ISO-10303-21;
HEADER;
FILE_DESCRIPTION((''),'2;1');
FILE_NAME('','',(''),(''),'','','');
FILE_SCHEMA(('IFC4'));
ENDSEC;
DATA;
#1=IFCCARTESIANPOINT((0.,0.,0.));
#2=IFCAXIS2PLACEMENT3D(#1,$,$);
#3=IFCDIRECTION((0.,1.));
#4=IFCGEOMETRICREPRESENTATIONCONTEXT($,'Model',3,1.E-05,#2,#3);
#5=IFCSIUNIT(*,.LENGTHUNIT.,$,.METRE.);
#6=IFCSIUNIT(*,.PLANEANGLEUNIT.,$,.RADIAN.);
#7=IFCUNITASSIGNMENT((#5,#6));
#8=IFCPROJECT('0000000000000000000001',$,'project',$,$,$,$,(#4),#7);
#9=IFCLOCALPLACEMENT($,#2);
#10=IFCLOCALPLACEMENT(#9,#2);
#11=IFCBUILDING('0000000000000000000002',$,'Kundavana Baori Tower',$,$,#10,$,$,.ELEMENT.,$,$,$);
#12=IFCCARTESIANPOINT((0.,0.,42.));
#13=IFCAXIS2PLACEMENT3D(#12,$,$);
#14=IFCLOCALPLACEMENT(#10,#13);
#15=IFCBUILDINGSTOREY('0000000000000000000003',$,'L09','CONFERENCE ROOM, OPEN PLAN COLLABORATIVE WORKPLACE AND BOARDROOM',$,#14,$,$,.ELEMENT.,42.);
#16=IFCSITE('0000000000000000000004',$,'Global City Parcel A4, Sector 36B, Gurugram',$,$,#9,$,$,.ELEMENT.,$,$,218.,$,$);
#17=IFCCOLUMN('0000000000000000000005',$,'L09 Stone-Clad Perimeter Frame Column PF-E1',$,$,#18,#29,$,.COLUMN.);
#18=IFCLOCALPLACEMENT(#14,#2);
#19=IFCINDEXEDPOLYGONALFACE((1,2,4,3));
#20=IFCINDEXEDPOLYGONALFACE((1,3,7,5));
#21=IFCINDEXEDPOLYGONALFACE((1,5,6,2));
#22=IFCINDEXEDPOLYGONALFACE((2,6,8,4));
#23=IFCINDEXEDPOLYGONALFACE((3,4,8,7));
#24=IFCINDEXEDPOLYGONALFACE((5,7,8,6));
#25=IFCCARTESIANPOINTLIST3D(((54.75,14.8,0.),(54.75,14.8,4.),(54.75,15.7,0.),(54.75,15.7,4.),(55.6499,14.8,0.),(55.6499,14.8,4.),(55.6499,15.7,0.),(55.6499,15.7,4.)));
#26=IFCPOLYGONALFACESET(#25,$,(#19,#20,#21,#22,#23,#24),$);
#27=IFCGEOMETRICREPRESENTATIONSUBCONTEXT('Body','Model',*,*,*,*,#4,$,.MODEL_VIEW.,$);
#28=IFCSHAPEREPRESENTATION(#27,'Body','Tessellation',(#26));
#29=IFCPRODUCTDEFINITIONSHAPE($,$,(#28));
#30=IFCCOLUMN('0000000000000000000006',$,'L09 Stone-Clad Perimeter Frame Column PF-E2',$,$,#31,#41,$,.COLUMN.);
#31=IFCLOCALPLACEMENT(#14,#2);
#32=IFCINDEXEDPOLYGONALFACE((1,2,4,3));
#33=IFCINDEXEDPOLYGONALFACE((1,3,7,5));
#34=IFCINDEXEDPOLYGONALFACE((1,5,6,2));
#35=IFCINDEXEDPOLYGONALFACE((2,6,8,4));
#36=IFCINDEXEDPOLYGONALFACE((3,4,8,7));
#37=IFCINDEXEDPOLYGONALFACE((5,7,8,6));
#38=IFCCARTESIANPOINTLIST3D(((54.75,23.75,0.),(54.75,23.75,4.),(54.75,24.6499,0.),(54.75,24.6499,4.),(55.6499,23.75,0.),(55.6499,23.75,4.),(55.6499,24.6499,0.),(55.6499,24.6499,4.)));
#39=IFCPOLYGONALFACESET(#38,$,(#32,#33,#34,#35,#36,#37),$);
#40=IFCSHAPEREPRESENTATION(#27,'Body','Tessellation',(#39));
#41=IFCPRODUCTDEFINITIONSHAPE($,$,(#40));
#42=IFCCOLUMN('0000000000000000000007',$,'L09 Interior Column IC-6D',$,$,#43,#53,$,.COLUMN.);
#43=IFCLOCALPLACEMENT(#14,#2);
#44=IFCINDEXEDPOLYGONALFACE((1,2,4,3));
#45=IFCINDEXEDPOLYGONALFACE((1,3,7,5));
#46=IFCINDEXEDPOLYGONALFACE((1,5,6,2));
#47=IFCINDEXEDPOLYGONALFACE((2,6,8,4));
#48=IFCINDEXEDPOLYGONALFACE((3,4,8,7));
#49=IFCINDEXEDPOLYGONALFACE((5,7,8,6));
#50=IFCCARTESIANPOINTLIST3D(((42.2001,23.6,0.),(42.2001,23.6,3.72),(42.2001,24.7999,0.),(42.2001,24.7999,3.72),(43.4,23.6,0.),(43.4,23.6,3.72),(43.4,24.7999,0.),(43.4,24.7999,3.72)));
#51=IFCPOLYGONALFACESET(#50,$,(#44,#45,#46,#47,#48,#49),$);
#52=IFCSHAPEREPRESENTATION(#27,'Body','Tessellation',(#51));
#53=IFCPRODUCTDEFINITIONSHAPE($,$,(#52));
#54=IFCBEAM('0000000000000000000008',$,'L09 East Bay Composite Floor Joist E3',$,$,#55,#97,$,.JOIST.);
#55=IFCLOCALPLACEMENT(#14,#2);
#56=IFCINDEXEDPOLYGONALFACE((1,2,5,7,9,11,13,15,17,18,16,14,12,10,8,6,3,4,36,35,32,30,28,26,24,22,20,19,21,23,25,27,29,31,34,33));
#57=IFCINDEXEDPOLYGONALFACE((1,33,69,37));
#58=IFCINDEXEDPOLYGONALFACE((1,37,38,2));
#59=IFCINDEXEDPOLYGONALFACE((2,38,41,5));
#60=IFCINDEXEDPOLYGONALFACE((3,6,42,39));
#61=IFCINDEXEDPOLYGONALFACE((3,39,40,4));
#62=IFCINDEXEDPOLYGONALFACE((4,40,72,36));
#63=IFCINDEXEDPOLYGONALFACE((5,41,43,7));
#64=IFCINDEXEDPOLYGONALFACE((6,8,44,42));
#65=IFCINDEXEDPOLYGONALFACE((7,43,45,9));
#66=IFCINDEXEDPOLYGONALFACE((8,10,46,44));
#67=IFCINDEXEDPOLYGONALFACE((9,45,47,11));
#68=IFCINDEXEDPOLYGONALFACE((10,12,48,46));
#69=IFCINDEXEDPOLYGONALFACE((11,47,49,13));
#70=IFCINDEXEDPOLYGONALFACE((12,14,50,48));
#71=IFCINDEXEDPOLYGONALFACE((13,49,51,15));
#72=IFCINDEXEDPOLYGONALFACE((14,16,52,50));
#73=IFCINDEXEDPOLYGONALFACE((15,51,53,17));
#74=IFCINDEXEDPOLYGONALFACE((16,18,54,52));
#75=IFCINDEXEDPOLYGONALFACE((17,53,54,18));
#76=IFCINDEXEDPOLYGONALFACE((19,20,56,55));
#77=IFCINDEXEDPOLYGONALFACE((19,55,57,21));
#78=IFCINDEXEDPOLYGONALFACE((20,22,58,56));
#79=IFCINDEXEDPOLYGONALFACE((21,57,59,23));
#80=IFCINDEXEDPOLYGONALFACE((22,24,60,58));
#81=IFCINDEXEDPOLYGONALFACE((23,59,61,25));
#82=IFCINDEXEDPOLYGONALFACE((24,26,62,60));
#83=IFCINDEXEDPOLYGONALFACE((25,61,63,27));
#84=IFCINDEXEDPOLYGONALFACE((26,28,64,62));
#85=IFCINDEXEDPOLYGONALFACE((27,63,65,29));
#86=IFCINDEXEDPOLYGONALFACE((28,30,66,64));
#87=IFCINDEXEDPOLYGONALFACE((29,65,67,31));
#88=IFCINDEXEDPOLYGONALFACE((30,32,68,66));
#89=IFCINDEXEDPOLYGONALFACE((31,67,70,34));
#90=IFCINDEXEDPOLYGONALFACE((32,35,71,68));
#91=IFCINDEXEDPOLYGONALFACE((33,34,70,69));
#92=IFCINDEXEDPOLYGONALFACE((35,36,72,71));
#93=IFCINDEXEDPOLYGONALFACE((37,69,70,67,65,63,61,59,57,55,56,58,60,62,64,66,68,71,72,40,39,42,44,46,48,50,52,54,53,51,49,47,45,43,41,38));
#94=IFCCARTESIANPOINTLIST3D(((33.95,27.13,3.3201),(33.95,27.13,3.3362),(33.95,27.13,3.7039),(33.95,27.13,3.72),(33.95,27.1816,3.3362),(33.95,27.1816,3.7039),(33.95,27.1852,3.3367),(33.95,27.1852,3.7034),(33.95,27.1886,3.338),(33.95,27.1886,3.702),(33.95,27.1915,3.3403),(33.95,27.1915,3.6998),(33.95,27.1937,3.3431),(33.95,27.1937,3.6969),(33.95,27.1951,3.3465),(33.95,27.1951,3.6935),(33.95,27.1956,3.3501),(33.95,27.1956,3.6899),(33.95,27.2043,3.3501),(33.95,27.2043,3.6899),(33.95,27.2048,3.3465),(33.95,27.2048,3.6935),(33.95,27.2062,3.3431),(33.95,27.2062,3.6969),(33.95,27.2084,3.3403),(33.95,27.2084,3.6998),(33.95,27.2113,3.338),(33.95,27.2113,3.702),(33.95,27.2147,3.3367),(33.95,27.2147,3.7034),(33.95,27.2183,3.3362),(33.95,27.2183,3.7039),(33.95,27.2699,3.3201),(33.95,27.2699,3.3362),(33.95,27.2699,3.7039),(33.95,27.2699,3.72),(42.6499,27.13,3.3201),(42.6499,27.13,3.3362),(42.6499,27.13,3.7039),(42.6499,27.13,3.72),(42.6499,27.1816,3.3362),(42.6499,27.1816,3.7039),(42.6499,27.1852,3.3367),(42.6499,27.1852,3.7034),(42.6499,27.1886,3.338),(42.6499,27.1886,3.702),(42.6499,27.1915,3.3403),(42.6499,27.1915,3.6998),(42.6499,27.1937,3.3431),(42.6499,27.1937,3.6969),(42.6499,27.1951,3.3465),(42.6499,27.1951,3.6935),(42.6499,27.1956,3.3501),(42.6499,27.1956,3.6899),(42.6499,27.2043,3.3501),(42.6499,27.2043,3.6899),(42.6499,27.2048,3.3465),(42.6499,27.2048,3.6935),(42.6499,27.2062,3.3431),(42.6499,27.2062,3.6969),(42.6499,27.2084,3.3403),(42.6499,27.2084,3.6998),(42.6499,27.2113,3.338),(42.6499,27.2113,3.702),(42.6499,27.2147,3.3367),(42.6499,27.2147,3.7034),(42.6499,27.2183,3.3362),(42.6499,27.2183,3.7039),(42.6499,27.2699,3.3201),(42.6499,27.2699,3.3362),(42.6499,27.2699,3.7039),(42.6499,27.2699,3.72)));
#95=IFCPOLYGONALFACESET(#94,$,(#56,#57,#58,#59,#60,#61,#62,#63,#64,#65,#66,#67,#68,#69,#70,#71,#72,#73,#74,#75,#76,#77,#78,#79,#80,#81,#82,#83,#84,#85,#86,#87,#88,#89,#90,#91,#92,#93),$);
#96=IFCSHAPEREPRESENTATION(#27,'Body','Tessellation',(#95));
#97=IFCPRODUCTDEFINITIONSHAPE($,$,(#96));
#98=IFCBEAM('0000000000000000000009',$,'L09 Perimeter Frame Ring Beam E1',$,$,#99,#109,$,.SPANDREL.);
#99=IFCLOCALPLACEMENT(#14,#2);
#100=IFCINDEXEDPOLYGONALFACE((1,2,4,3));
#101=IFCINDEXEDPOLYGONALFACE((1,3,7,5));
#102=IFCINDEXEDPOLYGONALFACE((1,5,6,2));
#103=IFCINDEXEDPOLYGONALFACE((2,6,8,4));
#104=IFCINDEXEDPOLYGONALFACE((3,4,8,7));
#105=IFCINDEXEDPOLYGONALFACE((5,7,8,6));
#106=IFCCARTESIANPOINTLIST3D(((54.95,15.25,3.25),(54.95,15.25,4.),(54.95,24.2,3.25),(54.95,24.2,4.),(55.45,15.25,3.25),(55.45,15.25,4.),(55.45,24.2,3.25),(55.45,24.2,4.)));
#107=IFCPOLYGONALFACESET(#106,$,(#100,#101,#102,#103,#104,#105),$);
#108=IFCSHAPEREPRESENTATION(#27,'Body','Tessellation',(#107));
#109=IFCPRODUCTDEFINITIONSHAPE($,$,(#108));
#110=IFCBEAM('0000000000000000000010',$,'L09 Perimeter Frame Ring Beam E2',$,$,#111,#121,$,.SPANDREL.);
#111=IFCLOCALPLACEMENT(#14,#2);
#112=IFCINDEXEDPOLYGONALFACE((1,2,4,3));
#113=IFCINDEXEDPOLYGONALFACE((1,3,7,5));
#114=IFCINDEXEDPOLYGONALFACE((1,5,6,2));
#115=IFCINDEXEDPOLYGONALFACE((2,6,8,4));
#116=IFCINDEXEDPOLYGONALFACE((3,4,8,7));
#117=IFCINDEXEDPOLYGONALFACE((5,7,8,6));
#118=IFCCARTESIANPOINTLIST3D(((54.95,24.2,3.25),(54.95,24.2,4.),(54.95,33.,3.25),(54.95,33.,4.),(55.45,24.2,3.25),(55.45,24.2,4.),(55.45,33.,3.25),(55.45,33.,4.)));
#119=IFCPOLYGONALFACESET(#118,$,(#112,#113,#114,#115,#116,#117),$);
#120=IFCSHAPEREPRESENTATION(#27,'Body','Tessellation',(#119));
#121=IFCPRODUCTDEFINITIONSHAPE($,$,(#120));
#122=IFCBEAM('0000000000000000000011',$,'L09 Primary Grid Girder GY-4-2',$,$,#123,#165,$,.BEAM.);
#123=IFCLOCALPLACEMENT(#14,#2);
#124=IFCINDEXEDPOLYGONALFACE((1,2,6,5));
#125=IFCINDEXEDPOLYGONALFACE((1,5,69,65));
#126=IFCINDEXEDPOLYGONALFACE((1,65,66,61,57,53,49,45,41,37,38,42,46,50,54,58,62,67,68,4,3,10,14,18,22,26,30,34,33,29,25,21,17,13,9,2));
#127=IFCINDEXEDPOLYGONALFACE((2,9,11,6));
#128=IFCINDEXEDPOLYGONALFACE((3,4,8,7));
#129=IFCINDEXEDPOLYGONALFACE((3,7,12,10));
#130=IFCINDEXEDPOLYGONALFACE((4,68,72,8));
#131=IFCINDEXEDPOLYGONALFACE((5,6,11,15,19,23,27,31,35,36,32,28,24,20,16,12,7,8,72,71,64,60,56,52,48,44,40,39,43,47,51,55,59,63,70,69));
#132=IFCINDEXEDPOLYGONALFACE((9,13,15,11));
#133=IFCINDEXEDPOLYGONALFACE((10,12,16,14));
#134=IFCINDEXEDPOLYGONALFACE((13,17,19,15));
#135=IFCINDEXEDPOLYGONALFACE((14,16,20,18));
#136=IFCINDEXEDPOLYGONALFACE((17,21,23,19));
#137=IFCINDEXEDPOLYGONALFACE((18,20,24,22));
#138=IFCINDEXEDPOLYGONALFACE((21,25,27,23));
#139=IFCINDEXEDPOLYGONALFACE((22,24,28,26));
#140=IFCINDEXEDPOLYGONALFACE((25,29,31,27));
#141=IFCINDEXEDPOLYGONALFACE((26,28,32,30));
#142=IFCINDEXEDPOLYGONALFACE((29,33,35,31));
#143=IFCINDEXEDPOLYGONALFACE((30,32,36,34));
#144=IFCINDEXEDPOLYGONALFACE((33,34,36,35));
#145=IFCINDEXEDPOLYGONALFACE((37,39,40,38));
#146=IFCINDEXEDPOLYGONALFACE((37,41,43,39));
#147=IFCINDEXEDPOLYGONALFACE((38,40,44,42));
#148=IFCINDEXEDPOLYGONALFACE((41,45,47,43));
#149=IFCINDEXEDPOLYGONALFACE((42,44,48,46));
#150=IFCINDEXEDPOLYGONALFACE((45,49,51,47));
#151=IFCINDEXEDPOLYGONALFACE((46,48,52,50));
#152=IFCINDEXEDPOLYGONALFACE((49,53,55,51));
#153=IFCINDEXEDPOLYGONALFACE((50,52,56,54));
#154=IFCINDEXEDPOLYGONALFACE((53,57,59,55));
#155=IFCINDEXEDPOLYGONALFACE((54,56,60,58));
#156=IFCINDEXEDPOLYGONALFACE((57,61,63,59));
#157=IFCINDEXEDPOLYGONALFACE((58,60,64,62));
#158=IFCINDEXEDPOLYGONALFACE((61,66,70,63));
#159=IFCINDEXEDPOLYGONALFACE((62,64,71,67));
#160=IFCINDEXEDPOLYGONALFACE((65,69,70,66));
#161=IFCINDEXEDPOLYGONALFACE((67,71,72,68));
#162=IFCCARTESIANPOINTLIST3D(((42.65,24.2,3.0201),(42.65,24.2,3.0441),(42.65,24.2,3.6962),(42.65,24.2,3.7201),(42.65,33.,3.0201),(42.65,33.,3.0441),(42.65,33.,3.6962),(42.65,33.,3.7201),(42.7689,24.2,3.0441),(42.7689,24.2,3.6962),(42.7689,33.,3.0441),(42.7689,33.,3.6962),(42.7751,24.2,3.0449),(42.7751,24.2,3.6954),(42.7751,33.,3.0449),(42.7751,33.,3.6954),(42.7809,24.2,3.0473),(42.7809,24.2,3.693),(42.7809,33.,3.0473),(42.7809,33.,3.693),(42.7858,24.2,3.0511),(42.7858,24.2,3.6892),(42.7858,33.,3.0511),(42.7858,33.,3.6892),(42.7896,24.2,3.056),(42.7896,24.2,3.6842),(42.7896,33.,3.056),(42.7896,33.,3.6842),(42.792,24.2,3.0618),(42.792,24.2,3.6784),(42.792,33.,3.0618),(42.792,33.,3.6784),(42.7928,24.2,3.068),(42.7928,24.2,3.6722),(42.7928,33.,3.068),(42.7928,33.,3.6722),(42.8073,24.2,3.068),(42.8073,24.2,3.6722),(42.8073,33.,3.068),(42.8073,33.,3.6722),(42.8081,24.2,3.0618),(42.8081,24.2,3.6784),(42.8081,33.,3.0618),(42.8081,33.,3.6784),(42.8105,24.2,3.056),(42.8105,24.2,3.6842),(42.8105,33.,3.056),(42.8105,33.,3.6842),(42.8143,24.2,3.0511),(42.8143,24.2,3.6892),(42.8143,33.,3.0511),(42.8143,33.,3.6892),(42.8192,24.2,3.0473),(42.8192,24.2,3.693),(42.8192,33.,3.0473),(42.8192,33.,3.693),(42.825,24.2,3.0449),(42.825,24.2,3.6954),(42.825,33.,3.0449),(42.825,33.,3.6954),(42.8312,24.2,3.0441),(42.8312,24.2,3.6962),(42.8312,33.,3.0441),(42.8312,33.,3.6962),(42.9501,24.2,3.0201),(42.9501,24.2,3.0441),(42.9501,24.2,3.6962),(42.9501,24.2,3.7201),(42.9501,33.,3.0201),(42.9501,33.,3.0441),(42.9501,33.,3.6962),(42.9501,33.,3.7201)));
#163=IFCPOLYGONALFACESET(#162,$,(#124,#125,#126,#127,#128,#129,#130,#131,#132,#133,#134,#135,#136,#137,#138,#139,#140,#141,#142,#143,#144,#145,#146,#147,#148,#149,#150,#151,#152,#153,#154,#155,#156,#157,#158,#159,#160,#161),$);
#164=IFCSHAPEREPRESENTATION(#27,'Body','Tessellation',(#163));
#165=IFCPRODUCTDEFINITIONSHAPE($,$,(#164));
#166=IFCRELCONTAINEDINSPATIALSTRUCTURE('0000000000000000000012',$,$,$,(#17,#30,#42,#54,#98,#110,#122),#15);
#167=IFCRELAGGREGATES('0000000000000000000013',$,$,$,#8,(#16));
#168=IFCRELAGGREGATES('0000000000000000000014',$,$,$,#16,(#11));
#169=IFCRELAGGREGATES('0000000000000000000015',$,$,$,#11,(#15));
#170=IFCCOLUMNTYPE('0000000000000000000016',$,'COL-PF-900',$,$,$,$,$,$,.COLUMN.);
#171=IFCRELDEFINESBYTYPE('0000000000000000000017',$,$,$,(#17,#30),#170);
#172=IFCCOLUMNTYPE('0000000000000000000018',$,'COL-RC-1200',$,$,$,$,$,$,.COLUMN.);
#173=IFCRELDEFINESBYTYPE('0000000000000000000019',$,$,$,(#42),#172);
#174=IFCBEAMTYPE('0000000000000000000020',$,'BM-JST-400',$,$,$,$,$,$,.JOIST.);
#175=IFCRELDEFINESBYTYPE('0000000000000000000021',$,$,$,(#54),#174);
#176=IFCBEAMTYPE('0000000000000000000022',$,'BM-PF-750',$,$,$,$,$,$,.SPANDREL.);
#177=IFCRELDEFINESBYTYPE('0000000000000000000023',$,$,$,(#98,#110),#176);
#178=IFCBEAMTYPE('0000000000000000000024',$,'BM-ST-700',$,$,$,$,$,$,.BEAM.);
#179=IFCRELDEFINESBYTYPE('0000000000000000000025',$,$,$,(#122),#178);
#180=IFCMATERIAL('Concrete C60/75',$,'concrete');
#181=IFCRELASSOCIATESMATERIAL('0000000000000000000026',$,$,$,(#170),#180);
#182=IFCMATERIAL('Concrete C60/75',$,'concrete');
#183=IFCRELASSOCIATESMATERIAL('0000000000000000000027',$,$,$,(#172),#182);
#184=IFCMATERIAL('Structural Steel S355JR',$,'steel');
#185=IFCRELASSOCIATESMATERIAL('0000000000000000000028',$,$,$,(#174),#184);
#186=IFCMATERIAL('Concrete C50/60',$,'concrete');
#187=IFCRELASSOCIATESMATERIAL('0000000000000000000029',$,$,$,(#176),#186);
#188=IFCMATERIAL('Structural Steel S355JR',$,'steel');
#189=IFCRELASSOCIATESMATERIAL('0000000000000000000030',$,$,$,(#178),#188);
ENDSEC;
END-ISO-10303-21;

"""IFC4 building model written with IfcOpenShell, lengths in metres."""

from ifc_helpers import new_model, si_unit, direction, frame, origin, origin_2d, place, context, subcontext, project, spatial, rectangle, i_section, extrude, material, material_profile, profile_set, type_object, element, save


model = new_model("IFC4")

# Units and contexts
model_context = context("Model", 3, precision=1e-05, world=origin(), true_north=direction((0.0, 1.0)))
body_context = subcontext(model_context, "Body", "Model", "MODEL_VIEW")
ifc_project = project(units=[si_unit("LENGTHUNIT", "METRE"), si_unit("PLANEANGLEUNIT", "RADIAN")], contexts=[model_context])

# Site, building, storey
site_placement = place(None, origin())
site = spatial("IfcSite", under=ifc_project, at=site_placement, Name="Global City Parcel A4, Sector 36B, Gurugram", CompositionType="ELEMENT", RefElevation=218.0)
building_placement = place(site_placement, origin())
building = spatial("IfcBuilding", under=site, at=building_placement, Name="Kundavana Baori Tower", CompositionType="ELEMENT")
storey_placement = place(building_placement, frame((0.0, 0.0, 42.0)))
storey = spatial("IfcBuildingStorey", under=building, at=storey_placement, Name="L09", Description="CONFERENCE ROOM, OPEN PLAN COLLABORATIVE WORKPLACE AND BOARDROOM", CompositionType="ELEMENT", Elevation=42.0)

# Columns
ifc_material_1 = material(Name="Concrete C60/75", Category="concrete")
ifc_material_profile_1 = material_profile(ifc_material_1, rectangle(XDim=0.8999, YDim=0.8999, at=origin_2d()), Name="RC PF 900x900")
ifc_profile_set_1 = profile_set([ifc_material_profile_1], Name="Concrete C60/75")
column_type_1 = type_object("IfcColumnType", Name="COL-PF-900", PredefinedType="COLUMN", material=ifc_profile_set_1)
for number, where, z_axis, x_axis, name in (
    (1, (55.2, 15.25, 0.0), (0.0, 0.0, 1.0), (1.0, 0.0, 0.0), "L09 Stone-Clad Perimeter Frame Column PF-E1"),
    (2, (55.2, 24.2, 0.0), (0.0, 0.0, 1.0), (1.0, 0.0, 0.0), "L09 Stone-Clad Perimeter Frame Column PF-E2"),
):
    element("IfcColumn", number, at=place(storey_placement, frame(where, z_axis=z_axis, x_axis=x_axis)), inside=storey, type_object=column_type_1, Name=name, PredefinedType="COLUMN", context=body_context, shape_type="SweptSolid", body=[
        extrude(rectangle(XDim=0.8999, YDim=0.8999, at=origin_2d()), origin(), (0.0, 0.0, 1.0), 4.0),
    ])
ifc_material_2 = material(Name="Concrete C60/75", Category="concrete")
ifc_material_profile_2 = material_profile(ifc_material_2, rectangle(XDim=1.2, YDim=1.2, at=origin_2d()), Name="RC 1200x1200")
ifc_profile_set_2 = profile_set([ifc_material_profile_2], Name="Concrete C60/75")
column_type_2 = type_object("IfcColumnType", Name="COL-RC-1200", PredefinedType="COLUMN", material=ifc_profile_set_2)
column_placement = place(storey_placement, frame((42.8, 24.2, 0.0), z_axis=(0.0, 0.0, 1.0), x_axis=(1.0, 0.0, 0.0)))
element("IfcColumn", 3, at=column_placement, inside=storey, type_object=column_type_2, Name="L09 Interior Column IC-6D", PredefinedType="COLUMN", context=body_context, shape_type="SweptSolid", body=[
    extrude(rectangle(XDim=1.2, YDim=1.2, at=origin_2d()), origin(), (0.0, 0.0, 1.0), 3.72),
])

# Beams
ifc_material_3 = material(Name="Structural Steel S355JR", Category="steel")
ifc_material_profile_3 = material_profile(ifc_material_3, i_section(OverallWidth=0.1399, OverallDepth=0.3999, WebThickness=0.0088, FlangeThickness=0.0161, FilletRadius=0.0139, at=origin_2d()), Name="ISMB 400")
ifc_profile_set_3 = profile_set([ifc_material_profile_3], Name="Structural Steel S355JR")
beam_type_1 = type_object("IfcBeamType", Name="BM-JST-400", PredefinedType="JOIST", material=ifc_profile_set_3)
beam_1_placement = place(storey_placement, frame((33.95, 27.2, 3.52), z_axis=(1.0, 0.0, 0.0), x_axis=(0.0, 1.0, 0.0)))
element("IfcBeam", 4, at=beam_1_placement, inside=storey, type_object=beam_type_1, Name="L09 East Bay Composite Floor Joist E3", PredefinedType="JOIST", context=body_context, shape_type="SweptSolid", body=[
    extrude(i_section(OverallWidth=0.1399, OverallDepth=0.3999, WebThickness=0.0088, FlangeThickness=0.0161, FilletRadius=0.0139, at=origin_2d()), origin(), (0.0, 0.0, 1.0), 8.7),
])
ifc_material_4 = material(Name="Concrete C50/60", Category="concrete")
ifc_material_profile_4 = material_profile(ifc_material_4, rectangle(XDim=0.5, YDim=0.75, at=origin_2d()), Name="RC BM 500x750")
ifc_profile_set_4 = profile_set([ifc_material_profile_4], Name="Concrete C50/60")
beam_type_2 = type_object("IfcBeamType", Name="BM-PF-750", PredefinedType="SPANDREL", material=ifc_profile_set_4)
beam_2_placement = place(storey_placement, frame((55.2, 15.25, 3.625), z_axis=(0.0, 1.0, 0.0), x_axis=(-1.0, 0.0, 0.0)))
element("IfcBeam", 5, at=beam_2_placement, inside=storey, type_object=beam_type_2, Name="L09 Perimeter Frame Ring Beam E1", PredefinedType="SPANDREL", context=body_context, shape_type="SweptSolid", body=[
    extrude(rectangle(XDim=0.5, YDim=0.75, at=origin_2d()), origin(), (0.0, 0.0, 1.0), 8.95),
])
beam_3_placement = place(storey_placement, frame((55.2, 24.2, 3.625), z_axis=(0.0, 1.0, 0.0), x_axis=(-1.0, 0.0, 0.0)))
element("IfcBeam", 6, at=beam_3_placement, inside=storey, type_object=beam_type_2, Name="L09 Perimeter Frame Ring Beam E2", PredefinedType="SPANDREL", context=body_context, shape_type="SweptSolid", body=[
    extrude(rectangle(XDim=0.5, YDim=0.75, at=origin_2d()), origin(), (0.0, 0.0, 1.0), 8.8),
])
ifc_material_5 = material(Name="Structural Steel S355JR", Category="steel")
ifc_material_profile_5 = material_profile(ifc_material_5, i_section(OverallWidth=0.3, OverallDepth=0.7, WebThickness=0.0144, FlangeThickness=0.0239, FilletRadius=0.0239, at=origin_2d()), Name="NPB 700x300x170")
ifc_profile_set_5 = profile_set([ifc_material_profile_5], Name="Structural Steel S355JR")
beam_type_3 = type_object("IfcBeamType", Name="BM-ST-700", PredefinedType="BEAM", material=ifc_profile_set_5)
beam_4_placement = place(storey_placement, frame((42.8, 24.2, 3.3701), z_axis=(0.0, 1.0, 0.0), x_axis=(-1.0, 0.0, 0.0)))
element("IfcBeam", 7, at=beam_4_placement, inside=storey, type_object=beam_type_3, Name="L09 Primary Grid Girder GY-4-2", PredefinedType="BEAM", context=body_context, shape_type="SweptSolid", body=[
    extrude(i_section(OverallWidth=0.3, OverallDepth=0.7, WebThickness=0.0144, FlangeThickness=0.0239, FilletRadius=0.0239, at=origin_2d()), origin(), (0.0, 0.0, 1.0), 8.8),
])

save(model, "model.ifc")
